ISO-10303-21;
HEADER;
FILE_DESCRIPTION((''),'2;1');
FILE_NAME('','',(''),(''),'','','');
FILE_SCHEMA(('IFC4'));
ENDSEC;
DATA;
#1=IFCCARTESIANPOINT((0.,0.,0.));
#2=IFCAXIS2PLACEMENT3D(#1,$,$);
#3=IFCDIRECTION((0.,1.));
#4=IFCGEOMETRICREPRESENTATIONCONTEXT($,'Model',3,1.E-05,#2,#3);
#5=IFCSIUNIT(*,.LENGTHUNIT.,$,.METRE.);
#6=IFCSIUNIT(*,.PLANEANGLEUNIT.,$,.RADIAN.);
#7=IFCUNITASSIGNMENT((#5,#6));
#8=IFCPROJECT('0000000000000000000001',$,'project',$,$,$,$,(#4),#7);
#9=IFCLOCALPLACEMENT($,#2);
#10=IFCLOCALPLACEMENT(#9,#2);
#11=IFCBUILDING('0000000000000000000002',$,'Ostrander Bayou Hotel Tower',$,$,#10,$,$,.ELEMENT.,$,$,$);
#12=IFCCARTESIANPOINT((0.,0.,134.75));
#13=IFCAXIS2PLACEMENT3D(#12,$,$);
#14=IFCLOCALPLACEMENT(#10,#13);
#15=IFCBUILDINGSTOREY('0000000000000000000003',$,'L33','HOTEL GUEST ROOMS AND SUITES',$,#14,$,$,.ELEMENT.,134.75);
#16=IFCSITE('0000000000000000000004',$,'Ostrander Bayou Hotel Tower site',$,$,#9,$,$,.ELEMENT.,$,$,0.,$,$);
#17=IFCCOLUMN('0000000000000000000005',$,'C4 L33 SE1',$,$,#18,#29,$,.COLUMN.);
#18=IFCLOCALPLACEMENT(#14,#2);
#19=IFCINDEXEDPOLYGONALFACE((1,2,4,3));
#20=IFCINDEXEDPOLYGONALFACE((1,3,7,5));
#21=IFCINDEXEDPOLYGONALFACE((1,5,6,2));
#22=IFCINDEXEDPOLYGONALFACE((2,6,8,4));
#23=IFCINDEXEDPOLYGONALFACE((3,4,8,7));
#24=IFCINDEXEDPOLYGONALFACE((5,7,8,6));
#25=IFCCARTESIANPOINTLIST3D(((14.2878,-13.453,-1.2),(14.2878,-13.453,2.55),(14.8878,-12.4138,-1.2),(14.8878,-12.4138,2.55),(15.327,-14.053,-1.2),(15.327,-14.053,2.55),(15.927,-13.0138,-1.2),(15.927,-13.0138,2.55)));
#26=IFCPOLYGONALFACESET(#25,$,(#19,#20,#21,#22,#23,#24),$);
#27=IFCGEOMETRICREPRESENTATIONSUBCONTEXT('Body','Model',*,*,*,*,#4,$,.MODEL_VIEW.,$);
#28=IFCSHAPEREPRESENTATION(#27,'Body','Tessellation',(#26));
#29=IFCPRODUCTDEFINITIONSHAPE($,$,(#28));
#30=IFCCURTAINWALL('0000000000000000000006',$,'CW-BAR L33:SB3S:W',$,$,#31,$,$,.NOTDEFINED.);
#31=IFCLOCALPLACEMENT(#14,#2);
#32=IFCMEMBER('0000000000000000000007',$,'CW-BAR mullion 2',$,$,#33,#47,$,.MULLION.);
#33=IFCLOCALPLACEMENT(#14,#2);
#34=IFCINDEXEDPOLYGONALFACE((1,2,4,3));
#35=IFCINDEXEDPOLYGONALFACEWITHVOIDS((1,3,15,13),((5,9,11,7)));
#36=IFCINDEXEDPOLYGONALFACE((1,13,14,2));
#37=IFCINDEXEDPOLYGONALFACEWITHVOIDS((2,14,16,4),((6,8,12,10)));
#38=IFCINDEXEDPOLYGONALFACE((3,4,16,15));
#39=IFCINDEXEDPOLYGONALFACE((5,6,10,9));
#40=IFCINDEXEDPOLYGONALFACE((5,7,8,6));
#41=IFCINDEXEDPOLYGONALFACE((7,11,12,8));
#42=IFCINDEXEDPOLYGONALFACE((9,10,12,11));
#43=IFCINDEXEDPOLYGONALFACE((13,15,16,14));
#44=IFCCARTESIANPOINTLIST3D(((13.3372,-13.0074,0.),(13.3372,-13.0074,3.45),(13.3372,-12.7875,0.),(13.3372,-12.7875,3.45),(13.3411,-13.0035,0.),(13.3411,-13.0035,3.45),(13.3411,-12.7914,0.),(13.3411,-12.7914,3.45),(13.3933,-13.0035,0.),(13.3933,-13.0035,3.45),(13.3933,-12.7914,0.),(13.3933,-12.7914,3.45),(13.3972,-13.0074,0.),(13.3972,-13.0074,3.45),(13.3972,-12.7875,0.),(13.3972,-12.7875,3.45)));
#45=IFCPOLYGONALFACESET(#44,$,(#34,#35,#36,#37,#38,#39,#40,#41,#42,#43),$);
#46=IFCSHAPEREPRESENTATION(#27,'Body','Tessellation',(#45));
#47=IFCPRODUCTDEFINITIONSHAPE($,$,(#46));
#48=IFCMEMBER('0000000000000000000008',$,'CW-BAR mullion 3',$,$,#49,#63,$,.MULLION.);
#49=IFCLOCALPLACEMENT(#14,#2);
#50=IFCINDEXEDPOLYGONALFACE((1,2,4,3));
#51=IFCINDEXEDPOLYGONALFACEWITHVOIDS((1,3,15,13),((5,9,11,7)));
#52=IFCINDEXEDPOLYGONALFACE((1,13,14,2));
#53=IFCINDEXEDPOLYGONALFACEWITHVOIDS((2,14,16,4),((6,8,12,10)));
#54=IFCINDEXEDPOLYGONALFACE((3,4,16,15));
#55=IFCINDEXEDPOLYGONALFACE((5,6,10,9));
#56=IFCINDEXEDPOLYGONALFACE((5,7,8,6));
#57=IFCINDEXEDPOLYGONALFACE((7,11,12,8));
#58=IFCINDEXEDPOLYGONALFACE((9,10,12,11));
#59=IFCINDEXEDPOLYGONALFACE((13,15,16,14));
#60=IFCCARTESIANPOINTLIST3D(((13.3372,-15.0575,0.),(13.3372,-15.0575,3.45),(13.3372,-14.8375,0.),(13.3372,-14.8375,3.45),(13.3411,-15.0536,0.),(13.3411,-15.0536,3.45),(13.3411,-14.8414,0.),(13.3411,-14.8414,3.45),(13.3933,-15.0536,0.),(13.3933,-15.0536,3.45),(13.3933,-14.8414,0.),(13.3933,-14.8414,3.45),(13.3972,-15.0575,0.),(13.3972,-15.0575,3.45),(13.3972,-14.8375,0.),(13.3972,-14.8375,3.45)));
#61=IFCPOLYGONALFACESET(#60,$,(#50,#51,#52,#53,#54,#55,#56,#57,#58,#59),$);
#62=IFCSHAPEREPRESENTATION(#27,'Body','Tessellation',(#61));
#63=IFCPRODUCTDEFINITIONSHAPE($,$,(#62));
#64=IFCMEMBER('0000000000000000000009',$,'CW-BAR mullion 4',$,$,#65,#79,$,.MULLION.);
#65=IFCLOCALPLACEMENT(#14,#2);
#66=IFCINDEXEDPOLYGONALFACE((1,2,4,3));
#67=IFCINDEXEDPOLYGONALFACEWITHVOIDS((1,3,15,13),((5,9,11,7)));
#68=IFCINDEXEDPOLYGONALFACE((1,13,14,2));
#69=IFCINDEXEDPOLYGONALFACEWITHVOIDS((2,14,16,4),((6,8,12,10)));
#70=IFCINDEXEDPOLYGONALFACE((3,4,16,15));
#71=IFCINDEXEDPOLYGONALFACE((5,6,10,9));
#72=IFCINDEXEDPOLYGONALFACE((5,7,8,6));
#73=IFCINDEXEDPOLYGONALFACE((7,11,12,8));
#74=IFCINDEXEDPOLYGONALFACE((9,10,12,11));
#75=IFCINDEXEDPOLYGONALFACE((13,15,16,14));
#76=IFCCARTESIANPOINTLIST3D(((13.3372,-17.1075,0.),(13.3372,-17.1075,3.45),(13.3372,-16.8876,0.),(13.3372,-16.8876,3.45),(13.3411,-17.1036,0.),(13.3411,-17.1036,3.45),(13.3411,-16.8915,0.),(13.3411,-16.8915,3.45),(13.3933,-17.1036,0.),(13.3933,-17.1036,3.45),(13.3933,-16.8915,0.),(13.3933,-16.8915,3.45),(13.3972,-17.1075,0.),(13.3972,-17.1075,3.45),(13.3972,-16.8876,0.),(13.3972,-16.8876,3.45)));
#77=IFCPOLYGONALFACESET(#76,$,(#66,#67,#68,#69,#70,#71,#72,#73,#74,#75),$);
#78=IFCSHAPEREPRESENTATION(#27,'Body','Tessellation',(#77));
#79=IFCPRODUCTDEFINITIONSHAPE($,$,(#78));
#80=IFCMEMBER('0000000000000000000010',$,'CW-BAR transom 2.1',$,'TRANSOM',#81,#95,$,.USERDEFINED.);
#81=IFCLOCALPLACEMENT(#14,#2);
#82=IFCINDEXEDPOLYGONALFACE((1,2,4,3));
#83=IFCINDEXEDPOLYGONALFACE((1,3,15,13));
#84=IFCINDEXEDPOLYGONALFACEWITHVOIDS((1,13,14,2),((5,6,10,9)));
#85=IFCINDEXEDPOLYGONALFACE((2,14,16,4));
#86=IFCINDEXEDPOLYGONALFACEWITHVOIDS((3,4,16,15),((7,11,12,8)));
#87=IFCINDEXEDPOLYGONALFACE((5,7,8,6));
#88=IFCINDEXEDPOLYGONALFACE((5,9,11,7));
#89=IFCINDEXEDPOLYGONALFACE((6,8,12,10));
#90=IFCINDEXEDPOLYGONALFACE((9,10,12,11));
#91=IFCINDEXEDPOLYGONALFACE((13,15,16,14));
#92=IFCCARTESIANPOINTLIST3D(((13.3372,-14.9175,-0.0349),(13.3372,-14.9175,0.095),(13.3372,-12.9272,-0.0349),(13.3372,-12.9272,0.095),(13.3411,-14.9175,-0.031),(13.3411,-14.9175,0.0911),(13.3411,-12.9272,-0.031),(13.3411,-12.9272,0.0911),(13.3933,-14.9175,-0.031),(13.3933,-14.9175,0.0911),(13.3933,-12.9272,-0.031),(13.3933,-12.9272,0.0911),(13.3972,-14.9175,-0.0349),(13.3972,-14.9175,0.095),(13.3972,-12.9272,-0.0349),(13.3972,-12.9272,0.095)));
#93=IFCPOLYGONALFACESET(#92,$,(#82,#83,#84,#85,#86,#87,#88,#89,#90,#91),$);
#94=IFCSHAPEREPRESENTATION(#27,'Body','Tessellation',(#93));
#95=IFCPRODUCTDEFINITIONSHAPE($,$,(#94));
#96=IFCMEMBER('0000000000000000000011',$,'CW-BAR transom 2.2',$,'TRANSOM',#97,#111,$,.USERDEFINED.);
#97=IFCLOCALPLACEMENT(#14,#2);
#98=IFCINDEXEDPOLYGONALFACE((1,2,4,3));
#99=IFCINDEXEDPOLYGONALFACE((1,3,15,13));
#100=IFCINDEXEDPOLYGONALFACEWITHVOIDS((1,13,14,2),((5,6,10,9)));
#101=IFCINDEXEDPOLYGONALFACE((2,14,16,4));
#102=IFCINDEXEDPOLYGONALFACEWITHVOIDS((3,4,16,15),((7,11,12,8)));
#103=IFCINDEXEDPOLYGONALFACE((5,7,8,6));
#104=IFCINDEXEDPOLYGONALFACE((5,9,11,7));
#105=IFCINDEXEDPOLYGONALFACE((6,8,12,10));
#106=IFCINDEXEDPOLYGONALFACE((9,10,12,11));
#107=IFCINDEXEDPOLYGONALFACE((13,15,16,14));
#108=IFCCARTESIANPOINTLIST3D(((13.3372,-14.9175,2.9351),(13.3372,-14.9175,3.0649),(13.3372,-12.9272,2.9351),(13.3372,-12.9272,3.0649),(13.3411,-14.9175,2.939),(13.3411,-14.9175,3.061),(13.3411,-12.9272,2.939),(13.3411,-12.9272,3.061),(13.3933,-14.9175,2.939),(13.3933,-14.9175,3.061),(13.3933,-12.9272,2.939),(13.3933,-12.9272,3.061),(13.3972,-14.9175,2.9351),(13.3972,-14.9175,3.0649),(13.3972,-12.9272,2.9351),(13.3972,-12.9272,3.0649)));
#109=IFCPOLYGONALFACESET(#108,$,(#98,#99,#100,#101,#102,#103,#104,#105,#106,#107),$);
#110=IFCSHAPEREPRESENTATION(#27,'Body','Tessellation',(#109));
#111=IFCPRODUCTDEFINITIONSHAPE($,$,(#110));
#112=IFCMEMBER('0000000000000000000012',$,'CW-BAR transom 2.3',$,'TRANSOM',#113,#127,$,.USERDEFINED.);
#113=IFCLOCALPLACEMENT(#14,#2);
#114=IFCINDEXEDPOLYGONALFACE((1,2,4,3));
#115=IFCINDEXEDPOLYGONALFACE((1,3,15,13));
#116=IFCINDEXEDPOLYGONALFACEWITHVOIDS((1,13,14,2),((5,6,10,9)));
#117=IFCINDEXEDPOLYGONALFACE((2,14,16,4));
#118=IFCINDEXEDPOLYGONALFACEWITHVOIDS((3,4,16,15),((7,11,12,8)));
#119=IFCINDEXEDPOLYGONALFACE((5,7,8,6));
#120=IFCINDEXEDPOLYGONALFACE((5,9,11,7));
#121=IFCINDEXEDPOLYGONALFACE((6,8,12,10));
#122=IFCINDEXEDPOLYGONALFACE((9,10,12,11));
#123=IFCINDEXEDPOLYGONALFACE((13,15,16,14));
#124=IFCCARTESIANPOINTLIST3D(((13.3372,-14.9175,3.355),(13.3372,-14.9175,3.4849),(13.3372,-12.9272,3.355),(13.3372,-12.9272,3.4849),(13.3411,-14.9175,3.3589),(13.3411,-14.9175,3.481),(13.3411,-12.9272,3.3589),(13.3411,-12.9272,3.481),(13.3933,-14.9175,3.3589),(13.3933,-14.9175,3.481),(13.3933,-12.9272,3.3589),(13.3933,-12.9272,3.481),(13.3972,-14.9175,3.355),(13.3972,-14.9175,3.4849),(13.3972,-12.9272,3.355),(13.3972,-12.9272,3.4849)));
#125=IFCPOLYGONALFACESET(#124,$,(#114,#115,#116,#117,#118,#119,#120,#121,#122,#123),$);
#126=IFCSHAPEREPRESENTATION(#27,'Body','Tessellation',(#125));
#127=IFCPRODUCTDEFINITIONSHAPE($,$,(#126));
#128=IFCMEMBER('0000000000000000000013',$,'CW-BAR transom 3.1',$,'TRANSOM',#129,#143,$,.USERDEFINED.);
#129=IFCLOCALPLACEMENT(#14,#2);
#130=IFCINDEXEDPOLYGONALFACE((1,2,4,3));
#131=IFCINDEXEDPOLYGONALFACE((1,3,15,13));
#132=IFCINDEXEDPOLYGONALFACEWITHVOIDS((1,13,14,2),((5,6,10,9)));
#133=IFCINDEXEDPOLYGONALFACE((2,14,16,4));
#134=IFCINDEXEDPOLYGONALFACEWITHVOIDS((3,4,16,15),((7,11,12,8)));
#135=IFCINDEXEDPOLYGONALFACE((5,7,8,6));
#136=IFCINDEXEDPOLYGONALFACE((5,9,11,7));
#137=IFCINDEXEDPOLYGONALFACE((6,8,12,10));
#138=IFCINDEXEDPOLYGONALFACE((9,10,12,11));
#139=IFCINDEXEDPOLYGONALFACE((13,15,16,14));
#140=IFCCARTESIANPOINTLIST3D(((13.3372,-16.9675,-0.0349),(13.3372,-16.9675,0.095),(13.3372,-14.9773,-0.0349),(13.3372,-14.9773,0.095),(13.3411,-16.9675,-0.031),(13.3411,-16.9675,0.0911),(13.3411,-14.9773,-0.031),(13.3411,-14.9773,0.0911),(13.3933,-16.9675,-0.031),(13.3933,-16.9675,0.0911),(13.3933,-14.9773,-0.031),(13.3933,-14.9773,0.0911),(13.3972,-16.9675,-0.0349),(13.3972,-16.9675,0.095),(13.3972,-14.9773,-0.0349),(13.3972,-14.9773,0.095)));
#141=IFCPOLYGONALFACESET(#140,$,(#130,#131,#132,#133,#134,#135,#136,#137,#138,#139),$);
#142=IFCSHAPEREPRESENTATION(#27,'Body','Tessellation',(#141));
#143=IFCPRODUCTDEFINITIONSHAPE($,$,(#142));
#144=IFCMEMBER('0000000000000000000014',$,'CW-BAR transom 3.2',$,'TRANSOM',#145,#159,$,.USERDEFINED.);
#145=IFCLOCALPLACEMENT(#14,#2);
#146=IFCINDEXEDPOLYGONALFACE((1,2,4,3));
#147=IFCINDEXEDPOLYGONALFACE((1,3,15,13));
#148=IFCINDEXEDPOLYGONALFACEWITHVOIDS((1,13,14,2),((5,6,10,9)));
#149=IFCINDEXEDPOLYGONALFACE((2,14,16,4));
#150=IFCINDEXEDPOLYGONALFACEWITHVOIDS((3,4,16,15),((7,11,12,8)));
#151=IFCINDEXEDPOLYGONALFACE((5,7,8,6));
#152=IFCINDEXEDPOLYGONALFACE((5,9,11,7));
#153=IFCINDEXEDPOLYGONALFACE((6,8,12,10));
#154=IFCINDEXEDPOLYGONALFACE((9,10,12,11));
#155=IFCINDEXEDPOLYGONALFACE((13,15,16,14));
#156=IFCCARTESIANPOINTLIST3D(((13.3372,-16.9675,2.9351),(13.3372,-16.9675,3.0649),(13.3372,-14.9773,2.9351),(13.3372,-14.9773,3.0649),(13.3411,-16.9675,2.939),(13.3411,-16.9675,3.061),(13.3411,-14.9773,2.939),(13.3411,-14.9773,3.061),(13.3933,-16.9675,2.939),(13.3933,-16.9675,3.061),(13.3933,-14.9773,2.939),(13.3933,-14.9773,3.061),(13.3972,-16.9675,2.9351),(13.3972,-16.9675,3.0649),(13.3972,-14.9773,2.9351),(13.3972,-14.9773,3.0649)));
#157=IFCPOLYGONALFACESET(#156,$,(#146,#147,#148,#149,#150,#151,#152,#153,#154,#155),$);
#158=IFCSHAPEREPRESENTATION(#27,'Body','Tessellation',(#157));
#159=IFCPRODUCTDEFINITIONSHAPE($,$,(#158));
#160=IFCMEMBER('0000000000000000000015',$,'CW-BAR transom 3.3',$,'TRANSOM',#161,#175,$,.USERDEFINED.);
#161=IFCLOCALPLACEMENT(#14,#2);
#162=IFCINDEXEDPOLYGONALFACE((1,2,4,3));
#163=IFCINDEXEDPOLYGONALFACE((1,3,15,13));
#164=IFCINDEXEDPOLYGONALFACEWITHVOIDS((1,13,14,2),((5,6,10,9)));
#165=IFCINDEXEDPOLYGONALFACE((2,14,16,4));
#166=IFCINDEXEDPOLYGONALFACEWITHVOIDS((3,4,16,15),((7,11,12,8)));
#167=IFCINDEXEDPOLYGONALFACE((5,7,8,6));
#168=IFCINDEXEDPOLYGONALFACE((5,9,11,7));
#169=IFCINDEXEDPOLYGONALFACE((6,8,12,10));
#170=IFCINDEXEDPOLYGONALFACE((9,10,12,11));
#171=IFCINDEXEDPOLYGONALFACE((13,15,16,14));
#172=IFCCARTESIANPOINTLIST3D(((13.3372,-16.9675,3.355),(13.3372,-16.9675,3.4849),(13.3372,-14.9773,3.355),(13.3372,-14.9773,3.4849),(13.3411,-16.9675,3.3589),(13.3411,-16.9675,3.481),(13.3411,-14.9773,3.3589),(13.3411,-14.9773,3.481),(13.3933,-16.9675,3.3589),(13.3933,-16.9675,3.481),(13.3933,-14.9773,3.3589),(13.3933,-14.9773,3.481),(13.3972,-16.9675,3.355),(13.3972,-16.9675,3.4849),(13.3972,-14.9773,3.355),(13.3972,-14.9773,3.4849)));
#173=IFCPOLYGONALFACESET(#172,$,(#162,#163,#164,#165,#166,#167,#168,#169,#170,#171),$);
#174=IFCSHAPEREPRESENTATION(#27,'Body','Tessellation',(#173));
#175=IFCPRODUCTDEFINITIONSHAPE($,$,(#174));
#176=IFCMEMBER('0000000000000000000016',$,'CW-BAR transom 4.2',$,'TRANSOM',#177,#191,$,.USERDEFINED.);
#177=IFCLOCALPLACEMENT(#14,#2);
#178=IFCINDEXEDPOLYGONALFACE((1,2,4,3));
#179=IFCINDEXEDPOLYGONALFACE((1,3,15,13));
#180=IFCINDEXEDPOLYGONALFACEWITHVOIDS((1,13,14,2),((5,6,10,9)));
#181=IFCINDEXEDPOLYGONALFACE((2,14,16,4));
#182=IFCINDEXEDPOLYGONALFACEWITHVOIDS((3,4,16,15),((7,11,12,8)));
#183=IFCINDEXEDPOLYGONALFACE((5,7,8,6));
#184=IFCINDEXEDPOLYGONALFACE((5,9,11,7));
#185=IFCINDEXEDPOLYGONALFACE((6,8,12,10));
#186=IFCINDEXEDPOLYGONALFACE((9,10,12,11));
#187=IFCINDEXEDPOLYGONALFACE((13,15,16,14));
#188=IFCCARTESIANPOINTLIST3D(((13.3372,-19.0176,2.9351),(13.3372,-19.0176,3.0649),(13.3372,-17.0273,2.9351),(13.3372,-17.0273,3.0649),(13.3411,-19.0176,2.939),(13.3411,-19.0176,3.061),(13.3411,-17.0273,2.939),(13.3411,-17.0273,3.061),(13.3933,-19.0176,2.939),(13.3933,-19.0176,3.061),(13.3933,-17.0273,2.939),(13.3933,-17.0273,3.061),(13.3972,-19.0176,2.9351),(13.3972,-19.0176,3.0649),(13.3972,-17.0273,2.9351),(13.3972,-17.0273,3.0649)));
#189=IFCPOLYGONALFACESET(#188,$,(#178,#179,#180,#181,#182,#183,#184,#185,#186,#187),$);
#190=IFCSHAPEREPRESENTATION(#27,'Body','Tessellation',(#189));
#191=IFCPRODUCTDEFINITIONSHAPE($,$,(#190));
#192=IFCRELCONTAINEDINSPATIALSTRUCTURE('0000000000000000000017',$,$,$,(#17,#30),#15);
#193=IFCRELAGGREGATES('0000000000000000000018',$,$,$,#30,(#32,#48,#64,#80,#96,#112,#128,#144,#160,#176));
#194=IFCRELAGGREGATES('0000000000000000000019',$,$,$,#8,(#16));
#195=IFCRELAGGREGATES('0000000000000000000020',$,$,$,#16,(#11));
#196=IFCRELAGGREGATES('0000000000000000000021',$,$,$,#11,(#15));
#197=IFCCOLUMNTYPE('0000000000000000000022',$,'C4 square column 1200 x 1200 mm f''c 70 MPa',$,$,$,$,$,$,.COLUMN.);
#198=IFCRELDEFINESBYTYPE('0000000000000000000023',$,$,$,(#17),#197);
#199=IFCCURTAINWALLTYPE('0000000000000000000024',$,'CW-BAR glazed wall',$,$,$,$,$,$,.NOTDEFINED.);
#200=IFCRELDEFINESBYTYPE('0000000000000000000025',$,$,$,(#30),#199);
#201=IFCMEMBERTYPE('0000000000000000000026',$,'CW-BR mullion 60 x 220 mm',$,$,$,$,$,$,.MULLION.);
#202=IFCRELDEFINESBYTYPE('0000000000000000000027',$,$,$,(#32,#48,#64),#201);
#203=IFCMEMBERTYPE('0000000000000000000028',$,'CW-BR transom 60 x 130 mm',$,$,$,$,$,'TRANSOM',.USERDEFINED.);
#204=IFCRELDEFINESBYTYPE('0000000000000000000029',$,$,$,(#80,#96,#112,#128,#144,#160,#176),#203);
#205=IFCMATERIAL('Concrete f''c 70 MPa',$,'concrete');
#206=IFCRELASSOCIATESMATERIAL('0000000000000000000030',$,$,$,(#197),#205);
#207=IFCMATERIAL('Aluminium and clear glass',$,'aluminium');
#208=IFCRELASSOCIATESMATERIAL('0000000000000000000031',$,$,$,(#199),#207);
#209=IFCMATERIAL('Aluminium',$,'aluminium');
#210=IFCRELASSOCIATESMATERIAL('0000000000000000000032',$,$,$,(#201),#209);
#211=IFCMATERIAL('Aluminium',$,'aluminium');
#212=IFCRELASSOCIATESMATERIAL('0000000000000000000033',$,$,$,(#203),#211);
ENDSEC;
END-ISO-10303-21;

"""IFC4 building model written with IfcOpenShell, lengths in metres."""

from ifc_helpers import new_model, si_unit, direction, frame, origin, origin_2d, place, context, subcontext, project, spatial, rectangle, hollow_rectangle, extrude, material, material_profile, profile_set, type_object, element, aggregate, save


model = new_model("IFC4")

# Units and contexts
model_context = context("Model", 3, precision=1e-05, world=origin(), true_north=direction((0.0, 1.0)))
body_context = subcontext(model_context, "Body", "Model", "MODEL_VIEW")
ifc_project = project(units=[si_unit("LENGTHUNIT", "METRE"), si_unit("PLANEANGLEUNIT", "RADIAN")], contexts=[model_context])

# Site, building, storey
site_placement = place(None, origin())
site = spatial("IfcSite", under=ifc_project, at=site_placement, Name="Ostrander Bayou Hotel Tower site", CompositionType="ELEMENT", RefElevation=0.0)
building_placement = place(site_placement, origin())
building = spatial("IfcBuilding", under=site, at=building_placement, Name="Ostrander Bayou Hotel Tower", CompositionType="ELEMENT")
storey_placement = place(building_placement, frame((0.0, 0.0, 134.75)))
storey = spatial("IfcBuildingStorey", under=building, at=storey_placement, Name="L33", Description="HOTEL GUEST ROOMS AND SUITES", CompositionType="ELEMENT", Elevation=134.75)

# Column
ifc_material_1 = material(Name="Concrete f'c 70 MPa", Category="concrete")
ifc_material_profile_1 = material_profile(ifc_material_1, rectangle(XDim=1.2, YDim=1.2, at=origin_2d()))
ifc_profile_set_1 = profile_set([ifc_material_profile_1], Name="Concrete f'c 70 MPa")
column_type = type_object("IfcColumnType", Name="C4 square column 1200 x 1200 mm f'c 70 MPa", PredefinedType="COLUMN", material=ifc_profile_set_1)
column_placement = place(storey_placement, frame((15.1074, -13.2334, -1.2), z_axis=(0.0, 0.0, 1.0), x_axis=(-0.5, -0.866025, 0.0)))
element("IfcColumn", 1, at=column_placement, inside=storey, type_object=column_type, Name="C4 L33 SE1", PredefinedType="COLUMN", context=body_context, shape_type="SweptSolid", body=[
    extrude(rectangle(XDim=1.2, YDim=1.2, at=origin_2d()), origin(), (0.0, 0.0, 1.0), 3.75),
])

# Curtain wall, members
ifc_material_2 = material(Name="Aluminium and clear glass", Category="aluminium")
curtain_wall_type = type_object("IfcCurtainWallType", Name="CW-BAR glazed wall", PredefinedType="NOTDEFINED", material=ifc_material_2)
curtain_wall_placement = place(storey_placement, origin())
curtain_wall = element("IfcCurtainWall", 2, at=curtain_wall_placement, inside=storey, type_object=curtain_wall_type, Name="CW-BAR L33:SB3S:W", PredefinedType="NOTDEFINED")
ifc_material_3 = material(Name="Aluminium", Category="aluminium")
ifc_material_profile_2 = material_profile(ifc_material_3, hollow_rectangle(XDim=0.0601, YDim=0.22, WallThickness=0.0039, at=origin_2d()))
ifc_profile_set_2 = profile_set([ifc_material_profile_2], Name="Aluminium")
member_type_1 = type_object("IfcMemberType", Name="CW-BR mullion 60 x 220 mm", PredefinedType="MULLION", material=ifc_profile_set_2)
member_1_placement = place(storey_placement, frame((13.3672, -12.8975, 0.0), z_axis=(0.0, 0.0, 1.0), x_axis=(1.0, 0.0, 0.0)))
member_1 = element("IfcMember", 3, at=member_1_placement, type_object=member_type_1, Name="CW-BAR mullion 2", PredefinedType="MULLION", context=body_context, shape_type="SweptSolid", body=[
    extrude(hollow_rectangle(XDim=0.0601, YDim=0.22, WallThickness=0.0039, at=origin_2d()), origin(), (0.0, 0.0, 1.0), 3.45),
])
member_2_placement = place(storey_placement, frame((13.3672, -14.9475, 0.0), z_axis=(0.0, 0.0, 1.0), x_axis=(1.0, 0.0, 0.0)))
member_2 = element("IfcMember", 4, at=member_2_placement, type_object=member_type_1, Name="CW-BAR mullion 3", PredefinedType="MULLION", context=body_context, shape_type="SweptSolid", body=[
    extrude(hollow_rectangle(XDim=0.0601, YDim=0.22, WallThickness=0.0039, at=origin_2d()), origin(), (0.0, 0.0, 1.0), 3.45),
])
member_3_placement = place(storey_placement, frame((13.3672, -16.9976, 0.0), z_axis=(0.0, 0.0, 1.0), x_axis=(1.0, 0.0, 0.0)))
member_3 = element("IfcMember", 5, at=member_3_placement, type_object=member_type_1, Name="CW-BAR mullion 4", PredefinedType="MULLION", context=body_context, shape_type="SweptSolid", body=[
    extrude(hollow_rectangle(XDim=0.0601, YDim=0.22, WallThickness=0.0039, at=origin_2d()), origin(), (0.0, 0.0, 1.0), 3.45),
])
ifc_material_4 = material(Name="Aluminium", Category="aluminium")
ifc_material_profile_3 = material_profile(ifc_material_4, hollow_rectangle(XDim=0.0601, YDim=0.1299, WallThickness=0.0039, at=origin_2d()))
ifc_profile_set_3 = profile_set([ifc_material_profile_3], Name="Aluminium")
member_type_2 = type_object("IfcMemberType", Name="CW-BR transom 60 x 130 mm", ElementType="TRANSOM", PredefinedType="USERDEFINED", material=ifc_profile_set_3)
member_4_placement = place(storey_placement, frame((13.3672, -12.9272, 0.03), z_axis=(0.0, -1.0, 0.0), x_axis=(1.0, 0.0, 0.0)))
member_4 = element("IfcMember", 6, at=member_4_placement, type_object=member_type_2, Name="CW-BAR transom 2.1", ObjectType="TRANSOM", PredefinedType="USERDEFINED", context=body_context, shape_type="SweptSolid", body=[
    extrude(hollow_rectangle(XDim=0.0601, YDim=0.1299, WallThickness=0.0039, at=origin_2d()), origin(), (0.0, 0.0, 1.0), 1.9902),
])
member_5_placement = place(storey_placement, frame((13.3672, -12.9272, 3.0), z_axis=(0.0, -1.0, 0.0), x_axis=(1.0, 0.0, 0.0)))
member_5 = element("IfcMember", 7, at=member_5_placement, type_object=member_type_2, Name="CW-BAR transom 2.2", ObjectType="TRANSOM", PredefinedType="USERDEFINED", context=body_context, shape_type="SweptSolid", body=[
    extrude(hollow_rectangle(XDim=0.0601, YDim=0.1299, WallThickness=0.0039, at=origin_2d()), origin(), (0.0, 0.0, 1.0), 1.9902),
])
member_6_placement = place(storey_placement, frame((13.3672, -12.9272, 3.4199), z_axis=(0.0, -1.0, 0.0), x_axis=(1.0, 0.0, 0.0)))
member_6 = element("IfcMember", 8, at=member_6_placement, type_object=member_type_2, Name="CW-BAR transom 2.3", ObjectType="TRANSOM", PredefinedType="USERDEFINED", context=body_context, shape_type="SweptSolid", body=[
    extrude(hollow_rectangle(XDim=0.0601, YDim=0.1299, WallThickness=0.0039, at=origin_2d()), origin(), (0.0, 0.0, 1.0), 1.9902),
])
member_7_placement = place(storey_placement, frame((13.3672, -14.9773, 0.03), z_axis=(0.0, -1.0, 0.0), x_axis=(1.0, 0.0, 0.0)))
member_7 = element("IfcMember", 9, at=member_7_placement, type_object=member_type_2, Name="CW-BAR transom 3.1", ObjectType="TRANSOM", PredefinedType="USERDEFINED", context=body_context, shape_type="SweptSolid", body=[
    extrude(hollow_rectangle(XDim=0.0601, YDim=0.1299, WallThickness=0.0039, at=origin_2d()), origin(), (0.0, 0.0, 1.0), 1.9902),
])
member_8_placement = place(storey_placement, frame((13.3672, -14.9773, 3.0), z_axis=(0.0, -1.0, 0.0), x_axis=(1.0, 0.0, 0.0)))
member_8 = element("IfcMember", 10, at=member_8_placement, type_object=member_type_2, Name="CW-BAR transom 3.2", ObjectType="TRANSOM", PredefinedType="USERDEFINED", context=body_context, shape_type="SweptSolid", body=[
    extrude(hollow_rectangle(XDim=0.0601, YDim=0.1299, WallThickness=0.0039, at=origin_2d()), origin(), (0.0, 0.0, 1.0), 1.9902),
])
member_9_placement = place(storey_placement, frame((13.3672, -14.9773, 3.4199), z_axis=(0.0, -1.0, 0.0), x_axis=(1.0, 0.0, 0.0)))
member_9 = element("IfcMember", 11, at=member_9_placement, type_object=member_type_2, Name="CW-BAR transom 3.3", ObjectType="TRANSOM", PredefinedType="USERDEFINED", context=body_context, shape_type="SweptSolid", body=[
    extrude(hollow_rectangle(XDim=0.0601, YDim=0.1299, WallThickness=0.0039, at=origin_2d()), origin(), (0.0, 0.0, 1.0), 1.9902),
])
member_10_placement = place(storey_placement, frame((13.3672, -17.0273, 3.0), z_axis=(0.0, -1.0, 0.0), x_axis=(1.0, 0.0, 0.0)))
member_10 = element("IfcMember", 12, at=member_10_placement, type_object=member_type_2, Name="CW-BAR transom 4.2", ObjectType="TRANSOM", PredefinedType="USERDEFINED", context=body_context, shape_type="SweptSolid", body=[
    extrude(hollow_rectangle(XDim=0.0601, YDim=0.1299, WallThickness=0.0039, at=origin_2d()), origin(), (0.0, 0.0, 1.0), 1.9902),
])

aggregate(curtain_wall, [member_1, member_2, member_3, member_4, member_5, member_6, member_7, member_8, member_9, member_10])

save(model, "model.ifc")
